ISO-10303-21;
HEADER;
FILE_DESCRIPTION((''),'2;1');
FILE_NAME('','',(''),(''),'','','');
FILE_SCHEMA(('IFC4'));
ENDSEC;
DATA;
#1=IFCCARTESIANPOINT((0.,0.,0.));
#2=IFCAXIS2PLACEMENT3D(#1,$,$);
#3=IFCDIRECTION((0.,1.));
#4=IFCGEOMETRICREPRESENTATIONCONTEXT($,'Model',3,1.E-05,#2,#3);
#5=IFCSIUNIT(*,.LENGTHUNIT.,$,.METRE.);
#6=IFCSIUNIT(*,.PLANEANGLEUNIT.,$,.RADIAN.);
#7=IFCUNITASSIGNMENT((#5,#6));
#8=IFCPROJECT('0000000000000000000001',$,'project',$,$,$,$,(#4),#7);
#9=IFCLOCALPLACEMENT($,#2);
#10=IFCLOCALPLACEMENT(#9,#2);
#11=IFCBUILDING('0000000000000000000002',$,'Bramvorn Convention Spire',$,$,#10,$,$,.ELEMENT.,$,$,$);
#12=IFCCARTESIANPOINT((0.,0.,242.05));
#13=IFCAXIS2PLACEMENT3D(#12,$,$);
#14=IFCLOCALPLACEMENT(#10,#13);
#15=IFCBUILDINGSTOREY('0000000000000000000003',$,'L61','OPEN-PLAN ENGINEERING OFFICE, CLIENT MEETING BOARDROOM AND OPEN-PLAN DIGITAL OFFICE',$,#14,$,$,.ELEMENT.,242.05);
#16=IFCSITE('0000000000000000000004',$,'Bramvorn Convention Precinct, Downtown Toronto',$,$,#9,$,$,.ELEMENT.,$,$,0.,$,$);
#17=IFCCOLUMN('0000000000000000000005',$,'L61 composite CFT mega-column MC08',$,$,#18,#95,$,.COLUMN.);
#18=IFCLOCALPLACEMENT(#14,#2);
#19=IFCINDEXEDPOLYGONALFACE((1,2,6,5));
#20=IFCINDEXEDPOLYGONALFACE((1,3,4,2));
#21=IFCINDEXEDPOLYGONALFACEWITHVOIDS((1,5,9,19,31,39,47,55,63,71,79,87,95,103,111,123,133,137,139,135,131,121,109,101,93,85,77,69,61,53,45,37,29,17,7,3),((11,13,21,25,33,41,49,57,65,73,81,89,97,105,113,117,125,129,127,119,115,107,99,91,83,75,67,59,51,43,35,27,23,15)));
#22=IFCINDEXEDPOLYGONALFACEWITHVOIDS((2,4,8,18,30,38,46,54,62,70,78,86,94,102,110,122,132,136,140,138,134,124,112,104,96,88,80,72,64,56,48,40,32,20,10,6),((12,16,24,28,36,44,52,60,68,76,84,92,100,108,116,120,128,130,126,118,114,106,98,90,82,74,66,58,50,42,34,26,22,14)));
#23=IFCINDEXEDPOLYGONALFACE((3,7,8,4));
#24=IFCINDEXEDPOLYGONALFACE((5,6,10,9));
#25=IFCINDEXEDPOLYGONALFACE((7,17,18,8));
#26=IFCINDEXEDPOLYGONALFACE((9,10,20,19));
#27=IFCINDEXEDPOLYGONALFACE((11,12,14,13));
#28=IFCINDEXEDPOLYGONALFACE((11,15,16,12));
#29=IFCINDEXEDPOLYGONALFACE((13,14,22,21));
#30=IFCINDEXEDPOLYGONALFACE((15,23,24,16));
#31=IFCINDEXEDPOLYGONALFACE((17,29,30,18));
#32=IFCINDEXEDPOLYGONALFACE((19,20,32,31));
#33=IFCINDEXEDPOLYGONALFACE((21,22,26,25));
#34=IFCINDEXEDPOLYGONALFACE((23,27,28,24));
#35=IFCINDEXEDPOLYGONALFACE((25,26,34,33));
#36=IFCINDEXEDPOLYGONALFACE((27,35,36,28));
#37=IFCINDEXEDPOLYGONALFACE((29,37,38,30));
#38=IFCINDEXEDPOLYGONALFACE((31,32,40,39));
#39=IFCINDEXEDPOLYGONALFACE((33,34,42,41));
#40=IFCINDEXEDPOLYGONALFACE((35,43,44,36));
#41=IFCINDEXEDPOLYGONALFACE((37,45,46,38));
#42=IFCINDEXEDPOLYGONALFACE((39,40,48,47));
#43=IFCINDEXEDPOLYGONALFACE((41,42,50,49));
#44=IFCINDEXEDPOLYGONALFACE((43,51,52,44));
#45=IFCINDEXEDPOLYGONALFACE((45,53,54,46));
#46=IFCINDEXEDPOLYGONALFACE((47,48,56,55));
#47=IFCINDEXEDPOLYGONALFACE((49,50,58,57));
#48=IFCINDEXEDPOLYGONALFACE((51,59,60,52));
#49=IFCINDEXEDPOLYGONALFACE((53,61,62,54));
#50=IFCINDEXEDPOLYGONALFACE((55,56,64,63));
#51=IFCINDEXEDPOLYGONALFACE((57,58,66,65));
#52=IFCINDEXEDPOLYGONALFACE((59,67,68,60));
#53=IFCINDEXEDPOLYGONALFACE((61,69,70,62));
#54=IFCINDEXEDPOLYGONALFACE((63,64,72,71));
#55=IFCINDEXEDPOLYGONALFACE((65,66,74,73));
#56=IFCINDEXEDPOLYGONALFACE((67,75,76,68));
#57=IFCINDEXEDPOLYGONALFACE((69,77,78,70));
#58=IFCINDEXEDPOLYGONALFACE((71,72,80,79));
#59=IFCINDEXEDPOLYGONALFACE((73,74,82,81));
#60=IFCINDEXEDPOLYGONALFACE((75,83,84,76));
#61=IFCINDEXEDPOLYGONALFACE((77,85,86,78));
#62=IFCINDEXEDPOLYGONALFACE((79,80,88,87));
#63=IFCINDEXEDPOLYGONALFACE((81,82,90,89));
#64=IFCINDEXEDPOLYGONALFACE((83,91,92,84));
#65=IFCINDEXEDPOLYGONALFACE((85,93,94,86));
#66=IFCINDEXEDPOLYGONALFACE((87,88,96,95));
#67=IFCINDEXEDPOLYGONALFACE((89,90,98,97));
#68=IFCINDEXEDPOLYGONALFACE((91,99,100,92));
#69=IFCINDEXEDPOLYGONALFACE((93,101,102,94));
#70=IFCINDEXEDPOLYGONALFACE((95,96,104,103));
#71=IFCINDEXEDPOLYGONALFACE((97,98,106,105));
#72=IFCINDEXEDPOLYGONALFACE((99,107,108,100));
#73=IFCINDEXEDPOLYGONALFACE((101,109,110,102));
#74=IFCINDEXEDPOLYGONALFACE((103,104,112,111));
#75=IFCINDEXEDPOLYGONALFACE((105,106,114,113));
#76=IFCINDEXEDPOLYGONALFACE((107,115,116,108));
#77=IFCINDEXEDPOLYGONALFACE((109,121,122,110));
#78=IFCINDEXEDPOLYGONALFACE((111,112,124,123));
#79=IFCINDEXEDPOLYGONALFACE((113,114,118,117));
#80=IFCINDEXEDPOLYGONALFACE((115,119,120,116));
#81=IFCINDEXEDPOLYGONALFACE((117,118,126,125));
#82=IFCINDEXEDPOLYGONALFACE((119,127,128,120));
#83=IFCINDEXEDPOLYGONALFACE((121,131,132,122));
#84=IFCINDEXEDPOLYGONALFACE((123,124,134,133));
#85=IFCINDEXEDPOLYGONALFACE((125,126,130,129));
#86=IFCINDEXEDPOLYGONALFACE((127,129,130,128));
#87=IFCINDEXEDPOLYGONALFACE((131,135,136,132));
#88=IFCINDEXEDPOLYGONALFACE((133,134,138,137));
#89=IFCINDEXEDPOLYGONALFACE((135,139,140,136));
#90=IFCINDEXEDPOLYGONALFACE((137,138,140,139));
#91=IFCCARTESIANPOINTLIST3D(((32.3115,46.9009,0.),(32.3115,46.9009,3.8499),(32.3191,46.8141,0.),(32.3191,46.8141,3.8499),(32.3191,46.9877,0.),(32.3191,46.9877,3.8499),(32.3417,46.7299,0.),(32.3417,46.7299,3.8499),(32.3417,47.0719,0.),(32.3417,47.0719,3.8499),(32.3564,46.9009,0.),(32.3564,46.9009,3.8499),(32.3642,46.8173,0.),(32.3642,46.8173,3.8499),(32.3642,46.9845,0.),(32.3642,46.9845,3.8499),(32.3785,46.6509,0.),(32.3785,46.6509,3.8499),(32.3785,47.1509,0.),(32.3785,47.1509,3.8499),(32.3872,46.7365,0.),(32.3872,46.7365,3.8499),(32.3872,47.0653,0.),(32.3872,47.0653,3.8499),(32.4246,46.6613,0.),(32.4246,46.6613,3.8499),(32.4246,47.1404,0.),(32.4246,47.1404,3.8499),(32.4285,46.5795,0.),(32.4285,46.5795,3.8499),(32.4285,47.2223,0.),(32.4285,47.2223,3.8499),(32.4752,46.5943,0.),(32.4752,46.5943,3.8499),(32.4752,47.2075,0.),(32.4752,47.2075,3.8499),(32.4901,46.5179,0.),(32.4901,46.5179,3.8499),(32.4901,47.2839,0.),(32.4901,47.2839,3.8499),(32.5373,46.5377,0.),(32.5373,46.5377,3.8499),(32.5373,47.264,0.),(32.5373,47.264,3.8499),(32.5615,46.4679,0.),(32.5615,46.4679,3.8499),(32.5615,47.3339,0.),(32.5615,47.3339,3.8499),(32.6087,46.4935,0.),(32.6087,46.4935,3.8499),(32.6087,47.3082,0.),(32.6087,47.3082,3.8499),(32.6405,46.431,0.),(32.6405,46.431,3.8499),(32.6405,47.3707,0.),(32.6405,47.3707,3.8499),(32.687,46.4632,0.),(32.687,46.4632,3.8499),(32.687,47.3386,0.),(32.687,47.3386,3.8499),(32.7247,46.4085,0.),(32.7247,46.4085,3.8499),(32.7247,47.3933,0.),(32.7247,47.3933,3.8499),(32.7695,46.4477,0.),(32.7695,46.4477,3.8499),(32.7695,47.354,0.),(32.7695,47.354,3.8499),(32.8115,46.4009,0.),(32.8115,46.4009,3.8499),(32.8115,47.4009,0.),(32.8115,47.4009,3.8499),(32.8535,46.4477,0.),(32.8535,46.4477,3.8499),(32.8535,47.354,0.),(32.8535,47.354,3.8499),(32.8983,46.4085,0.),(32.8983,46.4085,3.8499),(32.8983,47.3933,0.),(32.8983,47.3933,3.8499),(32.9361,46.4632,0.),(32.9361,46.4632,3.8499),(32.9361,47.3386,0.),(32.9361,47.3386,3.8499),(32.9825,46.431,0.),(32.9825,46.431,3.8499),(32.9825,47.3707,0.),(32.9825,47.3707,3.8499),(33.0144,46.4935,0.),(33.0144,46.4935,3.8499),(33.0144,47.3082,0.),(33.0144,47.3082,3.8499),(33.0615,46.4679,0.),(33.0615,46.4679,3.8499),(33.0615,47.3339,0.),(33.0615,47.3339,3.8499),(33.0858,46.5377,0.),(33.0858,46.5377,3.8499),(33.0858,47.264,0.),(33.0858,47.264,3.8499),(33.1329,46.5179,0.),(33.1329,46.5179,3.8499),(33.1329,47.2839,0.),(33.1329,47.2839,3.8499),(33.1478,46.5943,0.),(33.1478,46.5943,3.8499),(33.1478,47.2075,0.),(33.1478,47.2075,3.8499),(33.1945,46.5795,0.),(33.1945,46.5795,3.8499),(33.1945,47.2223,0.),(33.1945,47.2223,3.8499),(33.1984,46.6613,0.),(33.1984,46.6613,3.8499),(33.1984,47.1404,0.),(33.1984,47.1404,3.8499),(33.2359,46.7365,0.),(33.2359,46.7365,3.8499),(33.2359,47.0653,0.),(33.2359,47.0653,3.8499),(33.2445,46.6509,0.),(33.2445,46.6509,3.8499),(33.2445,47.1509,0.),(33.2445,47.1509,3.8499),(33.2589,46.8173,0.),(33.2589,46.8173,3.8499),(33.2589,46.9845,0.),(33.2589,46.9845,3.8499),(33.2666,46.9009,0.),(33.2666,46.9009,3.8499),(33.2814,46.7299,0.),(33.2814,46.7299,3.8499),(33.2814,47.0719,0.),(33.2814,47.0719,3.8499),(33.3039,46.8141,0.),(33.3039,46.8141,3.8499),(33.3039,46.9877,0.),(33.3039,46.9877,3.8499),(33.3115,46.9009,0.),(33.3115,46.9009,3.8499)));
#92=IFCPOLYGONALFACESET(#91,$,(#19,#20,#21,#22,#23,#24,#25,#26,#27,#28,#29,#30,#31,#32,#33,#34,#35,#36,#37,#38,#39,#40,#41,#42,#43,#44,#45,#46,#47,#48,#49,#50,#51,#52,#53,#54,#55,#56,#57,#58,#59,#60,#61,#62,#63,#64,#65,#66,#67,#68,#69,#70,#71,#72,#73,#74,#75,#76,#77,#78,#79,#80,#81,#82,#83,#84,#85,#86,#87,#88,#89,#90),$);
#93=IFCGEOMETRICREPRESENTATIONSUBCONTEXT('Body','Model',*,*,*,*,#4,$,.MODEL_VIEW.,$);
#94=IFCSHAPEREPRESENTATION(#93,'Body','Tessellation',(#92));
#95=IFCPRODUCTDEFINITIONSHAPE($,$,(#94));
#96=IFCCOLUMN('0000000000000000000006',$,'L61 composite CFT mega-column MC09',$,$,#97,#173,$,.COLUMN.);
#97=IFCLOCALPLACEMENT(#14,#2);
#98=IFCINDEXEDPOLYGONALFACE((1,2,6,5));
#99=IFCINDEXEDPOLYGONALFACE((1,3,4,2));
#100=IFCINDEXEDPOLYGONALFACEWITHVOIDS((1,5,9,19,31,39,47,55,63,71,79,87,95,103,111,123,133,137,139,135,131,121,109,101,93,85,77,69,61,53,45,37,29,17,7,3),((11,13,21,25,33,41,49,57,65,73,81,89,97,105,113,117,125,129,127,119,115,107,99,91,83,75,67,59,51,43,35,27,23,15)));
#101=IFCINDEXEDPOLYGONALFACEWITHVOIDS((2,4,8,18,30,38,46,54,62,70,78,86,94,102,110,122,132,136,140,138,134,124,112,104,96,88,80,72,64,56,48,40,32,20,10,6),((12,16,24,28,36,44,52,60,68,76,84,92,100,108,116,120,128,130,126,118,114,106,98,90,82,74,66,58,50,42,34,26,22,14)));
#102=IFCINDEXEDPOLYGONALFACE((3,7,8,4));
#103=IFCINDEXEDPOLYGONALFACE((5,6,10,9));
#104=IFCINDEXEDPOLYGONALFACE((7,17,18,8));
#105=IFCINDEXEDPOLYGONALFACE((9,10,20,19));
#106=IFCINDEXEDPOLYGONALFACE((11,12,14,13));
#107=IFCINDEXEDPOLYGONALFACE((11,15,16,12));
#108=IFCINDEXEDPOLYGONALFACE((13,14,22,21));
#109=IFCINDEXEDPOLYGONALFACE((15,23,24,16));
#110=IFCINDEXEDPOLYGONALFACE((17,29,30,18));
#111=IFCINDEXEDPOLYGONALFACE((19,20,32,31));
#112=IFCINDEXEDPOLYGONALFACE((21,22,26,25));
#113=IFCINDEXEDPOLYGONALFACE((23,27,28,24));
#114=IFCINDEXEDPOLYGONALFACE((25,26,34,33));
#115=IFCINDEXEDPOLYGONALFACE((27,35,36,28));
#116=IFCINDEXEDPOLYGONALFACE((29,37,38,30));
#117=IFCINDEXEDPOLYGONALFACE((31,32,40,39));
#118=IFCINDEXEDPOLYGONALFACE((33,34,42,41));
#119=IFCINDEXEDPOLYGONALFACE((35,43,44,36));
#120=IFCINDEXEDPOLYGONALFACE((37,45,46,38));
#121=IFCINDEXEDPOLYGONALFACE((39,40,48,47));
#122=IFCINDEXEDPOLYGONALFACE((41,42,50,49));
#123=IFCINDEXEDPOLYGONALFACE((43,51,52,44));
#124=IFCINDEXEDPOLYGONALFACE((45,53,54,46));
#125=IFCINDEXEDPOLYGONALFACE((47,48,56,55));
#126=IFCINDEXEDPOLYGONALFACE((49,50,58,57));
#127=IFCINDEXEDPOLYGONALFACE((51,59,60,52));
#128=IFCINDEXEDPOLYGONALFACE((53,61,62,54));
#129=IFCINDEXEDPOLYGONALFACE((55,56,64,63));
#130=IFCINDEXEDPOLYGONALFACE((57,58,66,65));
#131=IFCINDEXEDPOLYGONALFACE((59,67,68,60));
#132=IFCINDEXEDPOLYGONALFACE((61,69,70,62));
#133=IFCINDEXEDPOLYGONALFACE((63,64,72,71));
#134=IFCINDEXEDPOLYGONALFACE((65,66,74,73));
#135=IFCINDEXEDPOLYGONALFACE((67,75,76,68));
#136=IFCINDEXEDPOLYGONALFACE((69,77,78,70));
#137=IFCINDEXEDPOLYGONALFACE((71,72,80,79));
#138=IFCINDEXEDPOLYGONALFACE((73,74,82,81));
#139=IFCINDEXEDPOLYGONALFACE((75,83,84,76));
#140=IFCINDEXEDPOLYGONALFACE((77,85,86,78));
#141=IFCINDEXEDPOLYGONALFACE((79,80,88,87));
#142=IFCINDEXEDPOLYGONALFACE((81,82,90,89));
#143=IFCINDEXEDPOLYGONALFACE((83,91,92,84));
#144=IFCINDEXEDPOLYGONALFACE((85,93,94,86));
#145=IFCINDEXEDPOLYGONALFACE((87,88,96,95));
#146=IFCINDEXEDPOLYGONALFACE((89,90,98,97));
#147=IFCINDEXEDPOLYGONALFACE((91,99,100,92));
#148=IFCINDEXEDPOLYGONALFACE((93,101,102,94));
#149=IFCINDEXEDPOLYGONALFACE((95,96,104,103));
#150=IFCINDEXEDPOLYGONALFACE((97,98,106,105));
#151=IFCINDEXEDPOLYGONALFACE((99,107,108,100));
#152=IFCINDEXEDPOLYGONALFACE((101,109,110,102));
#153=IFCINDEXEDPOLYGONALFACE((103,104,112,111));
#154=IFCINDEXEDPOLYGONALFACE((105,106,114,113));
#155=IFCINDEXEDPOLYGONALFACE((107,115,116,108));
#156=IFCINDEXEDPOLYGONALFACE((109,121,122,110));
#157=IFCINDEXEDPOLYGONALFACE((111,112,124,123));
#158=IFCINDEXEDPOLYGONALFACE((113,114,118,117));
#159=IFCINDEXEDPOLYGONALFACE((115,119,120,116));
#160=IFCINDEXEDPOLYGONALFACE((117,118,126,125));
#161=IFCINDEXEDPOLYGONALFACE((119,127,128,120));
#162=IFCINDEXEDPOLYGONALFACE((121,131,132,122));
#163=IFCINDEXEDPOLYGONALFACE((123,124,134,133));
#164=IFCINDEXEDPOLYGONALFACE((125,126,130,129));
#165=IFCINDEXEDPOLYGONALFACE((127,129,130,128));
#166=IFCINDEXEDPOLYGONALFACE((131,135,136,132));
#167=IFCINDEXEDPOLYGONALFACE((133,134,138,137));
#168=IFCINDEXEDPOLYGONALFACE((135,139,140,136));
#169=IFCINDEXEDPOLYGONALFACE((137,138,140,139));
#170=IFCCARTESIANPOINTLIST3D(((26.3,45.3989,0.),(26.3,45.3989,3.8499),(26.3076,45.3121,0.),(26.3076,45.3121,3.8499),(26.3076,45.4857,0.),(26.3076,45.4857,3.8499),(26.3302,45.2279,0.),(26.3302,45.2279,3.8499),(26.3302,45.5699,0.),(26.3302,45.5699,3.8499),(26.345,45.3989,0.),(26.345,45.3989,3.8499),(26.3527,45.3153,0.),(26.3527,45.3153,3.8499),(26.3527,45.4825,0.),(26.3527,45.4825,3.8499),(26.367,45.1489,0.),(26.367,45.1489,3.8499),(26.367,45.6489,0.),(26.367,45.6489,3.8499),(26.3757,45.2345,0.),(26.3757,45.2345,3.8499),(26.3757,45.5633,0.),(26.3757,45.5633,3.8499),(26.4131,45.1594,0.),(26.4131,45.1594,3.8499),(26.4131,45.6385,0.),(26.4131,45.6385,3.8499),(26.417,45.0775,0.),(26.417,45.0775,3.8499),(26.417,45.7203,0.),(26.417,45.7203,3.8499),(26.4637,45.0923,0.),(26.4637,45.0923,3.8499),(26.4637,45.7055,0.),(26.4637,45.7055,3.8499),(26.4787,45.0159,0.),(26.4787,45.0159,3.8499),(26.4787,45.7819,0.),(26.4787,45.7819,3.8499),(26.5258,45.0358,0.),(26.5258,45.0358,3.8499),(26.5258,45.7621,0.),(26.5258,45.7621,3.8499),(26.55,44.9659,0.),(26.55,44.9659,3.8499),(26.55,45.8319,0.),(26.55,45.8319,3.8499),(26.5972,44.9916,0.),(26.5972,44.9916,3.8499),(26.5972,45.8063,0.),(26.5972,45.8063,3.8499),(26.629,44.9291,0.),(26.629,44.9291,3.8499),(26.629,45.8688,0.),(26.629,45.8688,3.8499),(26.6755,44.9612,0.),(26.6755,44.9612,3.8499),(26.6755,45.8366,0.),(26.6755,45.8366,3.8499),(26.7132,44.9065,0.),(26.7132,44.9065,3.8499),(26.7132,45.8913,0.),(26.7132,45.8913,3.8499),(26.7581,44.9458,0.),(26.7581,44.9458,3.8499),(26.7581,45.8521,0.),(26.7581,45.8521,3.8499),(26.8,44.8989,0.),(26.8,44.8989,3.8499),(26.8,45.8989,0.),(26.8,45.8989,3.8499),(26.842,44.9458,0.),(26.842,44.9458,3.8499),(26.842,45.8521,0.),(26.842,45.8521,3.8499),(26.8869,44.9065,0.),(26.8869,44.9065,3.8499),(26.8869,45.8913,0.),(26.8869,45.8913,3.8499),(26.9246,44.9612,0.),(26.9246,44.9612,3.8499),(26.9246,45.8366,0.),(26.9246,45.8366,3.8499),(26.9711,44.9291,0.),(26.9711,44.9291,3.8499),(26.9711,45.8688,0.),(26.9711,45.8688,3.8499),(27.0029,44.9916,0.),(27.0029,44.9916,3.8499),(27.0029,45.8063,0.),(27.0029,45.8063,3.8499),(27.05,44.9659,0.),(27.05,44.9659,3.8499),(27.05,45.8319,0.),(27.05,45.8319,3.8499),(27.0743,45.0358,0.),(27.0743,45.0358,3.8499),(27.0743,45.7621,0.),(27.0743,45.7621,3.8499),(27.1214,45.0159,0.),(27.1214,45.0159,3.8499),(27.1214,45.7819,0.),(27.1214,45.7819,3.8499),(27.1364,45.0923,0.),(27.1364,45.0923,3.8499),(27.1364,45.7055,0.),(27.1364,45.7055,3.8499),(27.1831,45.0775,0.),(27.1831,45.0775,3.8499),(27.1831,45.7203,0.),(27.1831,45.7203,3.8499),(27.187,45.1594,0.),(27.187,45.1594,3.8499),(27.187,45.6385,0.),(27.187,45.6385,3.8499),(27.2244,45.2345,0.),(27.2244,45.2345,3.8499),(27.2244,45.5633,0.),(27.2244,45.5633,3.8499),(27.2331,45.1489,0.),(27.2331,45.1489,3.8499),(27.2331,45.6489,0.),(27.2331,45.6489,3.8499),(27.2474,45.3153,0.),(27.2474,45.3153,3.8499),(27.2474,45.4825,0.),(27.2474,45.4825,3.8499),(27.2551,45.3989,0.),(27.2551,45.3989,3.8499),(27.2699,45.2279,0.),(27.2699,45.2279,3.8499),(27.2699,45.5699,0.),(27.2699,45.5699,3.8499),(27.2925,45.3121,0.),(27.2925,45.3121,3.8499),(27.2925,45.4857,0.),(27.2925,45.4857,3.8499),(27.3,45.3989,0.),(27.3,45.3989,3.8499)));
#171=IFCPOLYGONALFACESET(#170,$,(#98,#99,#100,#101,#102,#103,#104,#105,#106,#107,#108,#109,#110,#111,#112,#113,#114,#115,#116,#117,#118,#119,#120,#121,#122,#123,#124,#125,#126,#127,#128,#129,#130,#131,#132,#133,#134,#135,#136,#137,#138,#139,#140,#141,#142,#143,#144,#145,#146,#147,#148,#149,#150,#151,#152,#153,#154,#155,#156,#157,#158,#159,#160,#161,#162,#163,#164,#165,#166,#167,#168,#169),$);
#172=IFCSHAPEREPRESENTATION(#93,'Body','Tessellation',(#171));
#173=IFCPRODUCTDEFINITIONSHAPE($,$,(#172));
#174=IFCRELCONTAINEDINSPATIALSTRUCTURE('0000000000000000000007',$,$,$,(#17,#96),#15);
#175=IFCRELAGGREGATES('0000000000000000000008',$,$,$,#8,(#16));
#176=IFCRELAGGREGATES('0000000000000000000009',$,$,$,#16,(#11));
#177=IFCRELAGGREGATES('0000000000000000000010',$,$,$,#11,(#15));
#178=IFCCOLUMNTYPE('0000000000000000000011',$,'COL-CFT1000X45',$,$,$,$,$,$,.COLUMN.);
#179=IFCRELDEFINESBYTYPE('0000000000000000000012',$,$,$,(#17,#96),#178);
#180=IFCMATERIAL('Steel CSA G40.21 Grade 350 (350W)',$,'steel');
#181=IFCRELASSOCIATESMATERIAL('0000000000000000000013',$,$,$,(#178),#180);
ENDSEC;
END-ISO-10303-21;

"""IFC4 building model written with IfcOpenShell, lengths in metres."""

from ifc_helpers import new_model, si_unit, direction, frame, origin, origin_2d, place, context, subcontext, project, spatial, hollow_circle, extrude, material, material_profile, profile_set, type_object, element, save


model = new_model("IFC4")

# Units and contexts
model_context = context("Model", 3, precision=1e-05, world=origin(), true_north=direction((0.0, 1.0)))
body_context = subcontext(model_context, "Body", "Model", "MODEL_VIEW")
ifc_project = project(units=[si_unit("LENGTHUNIT", "METRE"), si_unit("PLANEANGLEUNIT", "RADIAN")], contexts=[model_context])

# Site, building, storey
site_placement = place(None, origin())
site = spatial("IfcSite", under=ifc_project, at=site_placement, Name="Bramvorn Convention Precinct, Downtown Toronto", CompositionType="ELEMENT", RefElevation=0.0)
building_placement = place(site_placement, origin())
building = spatial("IfcBuilding", under=site, at=building_placement, Name="Bramvorn Convention Spire", CompositionType="ELEMENT")
storey_placement = place(building_placement, frame((0.0, 0.0, 242.05)))
storey = spatial("IfcBuildingStorey", under=building, at=storey_placement, Name="L61", Description="OPEN-PLAN ENGINEERING OFFICE, CLIENT MEETING BOARDROOM AND OPEN-PLAN DIGITAL OFFICE", CompositionType="ELEMENT", Elevation=242.05)

# Columns
ifc_material_1 = material(Name="Steel CSA G40.21 Grade 350 (350W)", Category="steel")
ifc_material_profile_1 = material_profile(ifc_material_1, hollow_circle(Radius=0.5, WallThickness=0.0449, at=origin_2d()))
ifc_profile_set_1 = profile_set([ifc_material_profile_1], Name="Steel CSA G40.21 Grade 350 (350W) - CFT1000X45")
column_type = type_object("IfcColumnType", Name="COL-CFT1000X45", PredefinedType="COLUMN", material=ifc_profile_set_1)
for number, where, z_axis, x_axis, name in (
    (1, (32.8115, 46.9009, 0.0), (0.0, 0.0, 1.0), (1.0, 0.0, 0.0), "L61 composite CFT mega-column MC08"),
    (2, (26.8, 45.3989, 0.0), (0.0, 0.0, 1.0), (1.0, 0.0, 0.0), "L61 composite CFT mega-column MC09"),
):
    element("IfcColumn", number, at=place(storey_placement, frame(where, z_axis=z_axis, x_axis=x_axis)), inside=storey, type_object=column_type, Name=name, PredefinedType="COLUMN", context=body_context, shape_type="SweptSolid", body=[
        extrude(hollow_circle(Radius=0.5, WallThickness=0.0449, at=origin_2d()), origin(), (0.0, 0.0, 1.0), 3.8499),
    ])

save(model, "model.ifc")
